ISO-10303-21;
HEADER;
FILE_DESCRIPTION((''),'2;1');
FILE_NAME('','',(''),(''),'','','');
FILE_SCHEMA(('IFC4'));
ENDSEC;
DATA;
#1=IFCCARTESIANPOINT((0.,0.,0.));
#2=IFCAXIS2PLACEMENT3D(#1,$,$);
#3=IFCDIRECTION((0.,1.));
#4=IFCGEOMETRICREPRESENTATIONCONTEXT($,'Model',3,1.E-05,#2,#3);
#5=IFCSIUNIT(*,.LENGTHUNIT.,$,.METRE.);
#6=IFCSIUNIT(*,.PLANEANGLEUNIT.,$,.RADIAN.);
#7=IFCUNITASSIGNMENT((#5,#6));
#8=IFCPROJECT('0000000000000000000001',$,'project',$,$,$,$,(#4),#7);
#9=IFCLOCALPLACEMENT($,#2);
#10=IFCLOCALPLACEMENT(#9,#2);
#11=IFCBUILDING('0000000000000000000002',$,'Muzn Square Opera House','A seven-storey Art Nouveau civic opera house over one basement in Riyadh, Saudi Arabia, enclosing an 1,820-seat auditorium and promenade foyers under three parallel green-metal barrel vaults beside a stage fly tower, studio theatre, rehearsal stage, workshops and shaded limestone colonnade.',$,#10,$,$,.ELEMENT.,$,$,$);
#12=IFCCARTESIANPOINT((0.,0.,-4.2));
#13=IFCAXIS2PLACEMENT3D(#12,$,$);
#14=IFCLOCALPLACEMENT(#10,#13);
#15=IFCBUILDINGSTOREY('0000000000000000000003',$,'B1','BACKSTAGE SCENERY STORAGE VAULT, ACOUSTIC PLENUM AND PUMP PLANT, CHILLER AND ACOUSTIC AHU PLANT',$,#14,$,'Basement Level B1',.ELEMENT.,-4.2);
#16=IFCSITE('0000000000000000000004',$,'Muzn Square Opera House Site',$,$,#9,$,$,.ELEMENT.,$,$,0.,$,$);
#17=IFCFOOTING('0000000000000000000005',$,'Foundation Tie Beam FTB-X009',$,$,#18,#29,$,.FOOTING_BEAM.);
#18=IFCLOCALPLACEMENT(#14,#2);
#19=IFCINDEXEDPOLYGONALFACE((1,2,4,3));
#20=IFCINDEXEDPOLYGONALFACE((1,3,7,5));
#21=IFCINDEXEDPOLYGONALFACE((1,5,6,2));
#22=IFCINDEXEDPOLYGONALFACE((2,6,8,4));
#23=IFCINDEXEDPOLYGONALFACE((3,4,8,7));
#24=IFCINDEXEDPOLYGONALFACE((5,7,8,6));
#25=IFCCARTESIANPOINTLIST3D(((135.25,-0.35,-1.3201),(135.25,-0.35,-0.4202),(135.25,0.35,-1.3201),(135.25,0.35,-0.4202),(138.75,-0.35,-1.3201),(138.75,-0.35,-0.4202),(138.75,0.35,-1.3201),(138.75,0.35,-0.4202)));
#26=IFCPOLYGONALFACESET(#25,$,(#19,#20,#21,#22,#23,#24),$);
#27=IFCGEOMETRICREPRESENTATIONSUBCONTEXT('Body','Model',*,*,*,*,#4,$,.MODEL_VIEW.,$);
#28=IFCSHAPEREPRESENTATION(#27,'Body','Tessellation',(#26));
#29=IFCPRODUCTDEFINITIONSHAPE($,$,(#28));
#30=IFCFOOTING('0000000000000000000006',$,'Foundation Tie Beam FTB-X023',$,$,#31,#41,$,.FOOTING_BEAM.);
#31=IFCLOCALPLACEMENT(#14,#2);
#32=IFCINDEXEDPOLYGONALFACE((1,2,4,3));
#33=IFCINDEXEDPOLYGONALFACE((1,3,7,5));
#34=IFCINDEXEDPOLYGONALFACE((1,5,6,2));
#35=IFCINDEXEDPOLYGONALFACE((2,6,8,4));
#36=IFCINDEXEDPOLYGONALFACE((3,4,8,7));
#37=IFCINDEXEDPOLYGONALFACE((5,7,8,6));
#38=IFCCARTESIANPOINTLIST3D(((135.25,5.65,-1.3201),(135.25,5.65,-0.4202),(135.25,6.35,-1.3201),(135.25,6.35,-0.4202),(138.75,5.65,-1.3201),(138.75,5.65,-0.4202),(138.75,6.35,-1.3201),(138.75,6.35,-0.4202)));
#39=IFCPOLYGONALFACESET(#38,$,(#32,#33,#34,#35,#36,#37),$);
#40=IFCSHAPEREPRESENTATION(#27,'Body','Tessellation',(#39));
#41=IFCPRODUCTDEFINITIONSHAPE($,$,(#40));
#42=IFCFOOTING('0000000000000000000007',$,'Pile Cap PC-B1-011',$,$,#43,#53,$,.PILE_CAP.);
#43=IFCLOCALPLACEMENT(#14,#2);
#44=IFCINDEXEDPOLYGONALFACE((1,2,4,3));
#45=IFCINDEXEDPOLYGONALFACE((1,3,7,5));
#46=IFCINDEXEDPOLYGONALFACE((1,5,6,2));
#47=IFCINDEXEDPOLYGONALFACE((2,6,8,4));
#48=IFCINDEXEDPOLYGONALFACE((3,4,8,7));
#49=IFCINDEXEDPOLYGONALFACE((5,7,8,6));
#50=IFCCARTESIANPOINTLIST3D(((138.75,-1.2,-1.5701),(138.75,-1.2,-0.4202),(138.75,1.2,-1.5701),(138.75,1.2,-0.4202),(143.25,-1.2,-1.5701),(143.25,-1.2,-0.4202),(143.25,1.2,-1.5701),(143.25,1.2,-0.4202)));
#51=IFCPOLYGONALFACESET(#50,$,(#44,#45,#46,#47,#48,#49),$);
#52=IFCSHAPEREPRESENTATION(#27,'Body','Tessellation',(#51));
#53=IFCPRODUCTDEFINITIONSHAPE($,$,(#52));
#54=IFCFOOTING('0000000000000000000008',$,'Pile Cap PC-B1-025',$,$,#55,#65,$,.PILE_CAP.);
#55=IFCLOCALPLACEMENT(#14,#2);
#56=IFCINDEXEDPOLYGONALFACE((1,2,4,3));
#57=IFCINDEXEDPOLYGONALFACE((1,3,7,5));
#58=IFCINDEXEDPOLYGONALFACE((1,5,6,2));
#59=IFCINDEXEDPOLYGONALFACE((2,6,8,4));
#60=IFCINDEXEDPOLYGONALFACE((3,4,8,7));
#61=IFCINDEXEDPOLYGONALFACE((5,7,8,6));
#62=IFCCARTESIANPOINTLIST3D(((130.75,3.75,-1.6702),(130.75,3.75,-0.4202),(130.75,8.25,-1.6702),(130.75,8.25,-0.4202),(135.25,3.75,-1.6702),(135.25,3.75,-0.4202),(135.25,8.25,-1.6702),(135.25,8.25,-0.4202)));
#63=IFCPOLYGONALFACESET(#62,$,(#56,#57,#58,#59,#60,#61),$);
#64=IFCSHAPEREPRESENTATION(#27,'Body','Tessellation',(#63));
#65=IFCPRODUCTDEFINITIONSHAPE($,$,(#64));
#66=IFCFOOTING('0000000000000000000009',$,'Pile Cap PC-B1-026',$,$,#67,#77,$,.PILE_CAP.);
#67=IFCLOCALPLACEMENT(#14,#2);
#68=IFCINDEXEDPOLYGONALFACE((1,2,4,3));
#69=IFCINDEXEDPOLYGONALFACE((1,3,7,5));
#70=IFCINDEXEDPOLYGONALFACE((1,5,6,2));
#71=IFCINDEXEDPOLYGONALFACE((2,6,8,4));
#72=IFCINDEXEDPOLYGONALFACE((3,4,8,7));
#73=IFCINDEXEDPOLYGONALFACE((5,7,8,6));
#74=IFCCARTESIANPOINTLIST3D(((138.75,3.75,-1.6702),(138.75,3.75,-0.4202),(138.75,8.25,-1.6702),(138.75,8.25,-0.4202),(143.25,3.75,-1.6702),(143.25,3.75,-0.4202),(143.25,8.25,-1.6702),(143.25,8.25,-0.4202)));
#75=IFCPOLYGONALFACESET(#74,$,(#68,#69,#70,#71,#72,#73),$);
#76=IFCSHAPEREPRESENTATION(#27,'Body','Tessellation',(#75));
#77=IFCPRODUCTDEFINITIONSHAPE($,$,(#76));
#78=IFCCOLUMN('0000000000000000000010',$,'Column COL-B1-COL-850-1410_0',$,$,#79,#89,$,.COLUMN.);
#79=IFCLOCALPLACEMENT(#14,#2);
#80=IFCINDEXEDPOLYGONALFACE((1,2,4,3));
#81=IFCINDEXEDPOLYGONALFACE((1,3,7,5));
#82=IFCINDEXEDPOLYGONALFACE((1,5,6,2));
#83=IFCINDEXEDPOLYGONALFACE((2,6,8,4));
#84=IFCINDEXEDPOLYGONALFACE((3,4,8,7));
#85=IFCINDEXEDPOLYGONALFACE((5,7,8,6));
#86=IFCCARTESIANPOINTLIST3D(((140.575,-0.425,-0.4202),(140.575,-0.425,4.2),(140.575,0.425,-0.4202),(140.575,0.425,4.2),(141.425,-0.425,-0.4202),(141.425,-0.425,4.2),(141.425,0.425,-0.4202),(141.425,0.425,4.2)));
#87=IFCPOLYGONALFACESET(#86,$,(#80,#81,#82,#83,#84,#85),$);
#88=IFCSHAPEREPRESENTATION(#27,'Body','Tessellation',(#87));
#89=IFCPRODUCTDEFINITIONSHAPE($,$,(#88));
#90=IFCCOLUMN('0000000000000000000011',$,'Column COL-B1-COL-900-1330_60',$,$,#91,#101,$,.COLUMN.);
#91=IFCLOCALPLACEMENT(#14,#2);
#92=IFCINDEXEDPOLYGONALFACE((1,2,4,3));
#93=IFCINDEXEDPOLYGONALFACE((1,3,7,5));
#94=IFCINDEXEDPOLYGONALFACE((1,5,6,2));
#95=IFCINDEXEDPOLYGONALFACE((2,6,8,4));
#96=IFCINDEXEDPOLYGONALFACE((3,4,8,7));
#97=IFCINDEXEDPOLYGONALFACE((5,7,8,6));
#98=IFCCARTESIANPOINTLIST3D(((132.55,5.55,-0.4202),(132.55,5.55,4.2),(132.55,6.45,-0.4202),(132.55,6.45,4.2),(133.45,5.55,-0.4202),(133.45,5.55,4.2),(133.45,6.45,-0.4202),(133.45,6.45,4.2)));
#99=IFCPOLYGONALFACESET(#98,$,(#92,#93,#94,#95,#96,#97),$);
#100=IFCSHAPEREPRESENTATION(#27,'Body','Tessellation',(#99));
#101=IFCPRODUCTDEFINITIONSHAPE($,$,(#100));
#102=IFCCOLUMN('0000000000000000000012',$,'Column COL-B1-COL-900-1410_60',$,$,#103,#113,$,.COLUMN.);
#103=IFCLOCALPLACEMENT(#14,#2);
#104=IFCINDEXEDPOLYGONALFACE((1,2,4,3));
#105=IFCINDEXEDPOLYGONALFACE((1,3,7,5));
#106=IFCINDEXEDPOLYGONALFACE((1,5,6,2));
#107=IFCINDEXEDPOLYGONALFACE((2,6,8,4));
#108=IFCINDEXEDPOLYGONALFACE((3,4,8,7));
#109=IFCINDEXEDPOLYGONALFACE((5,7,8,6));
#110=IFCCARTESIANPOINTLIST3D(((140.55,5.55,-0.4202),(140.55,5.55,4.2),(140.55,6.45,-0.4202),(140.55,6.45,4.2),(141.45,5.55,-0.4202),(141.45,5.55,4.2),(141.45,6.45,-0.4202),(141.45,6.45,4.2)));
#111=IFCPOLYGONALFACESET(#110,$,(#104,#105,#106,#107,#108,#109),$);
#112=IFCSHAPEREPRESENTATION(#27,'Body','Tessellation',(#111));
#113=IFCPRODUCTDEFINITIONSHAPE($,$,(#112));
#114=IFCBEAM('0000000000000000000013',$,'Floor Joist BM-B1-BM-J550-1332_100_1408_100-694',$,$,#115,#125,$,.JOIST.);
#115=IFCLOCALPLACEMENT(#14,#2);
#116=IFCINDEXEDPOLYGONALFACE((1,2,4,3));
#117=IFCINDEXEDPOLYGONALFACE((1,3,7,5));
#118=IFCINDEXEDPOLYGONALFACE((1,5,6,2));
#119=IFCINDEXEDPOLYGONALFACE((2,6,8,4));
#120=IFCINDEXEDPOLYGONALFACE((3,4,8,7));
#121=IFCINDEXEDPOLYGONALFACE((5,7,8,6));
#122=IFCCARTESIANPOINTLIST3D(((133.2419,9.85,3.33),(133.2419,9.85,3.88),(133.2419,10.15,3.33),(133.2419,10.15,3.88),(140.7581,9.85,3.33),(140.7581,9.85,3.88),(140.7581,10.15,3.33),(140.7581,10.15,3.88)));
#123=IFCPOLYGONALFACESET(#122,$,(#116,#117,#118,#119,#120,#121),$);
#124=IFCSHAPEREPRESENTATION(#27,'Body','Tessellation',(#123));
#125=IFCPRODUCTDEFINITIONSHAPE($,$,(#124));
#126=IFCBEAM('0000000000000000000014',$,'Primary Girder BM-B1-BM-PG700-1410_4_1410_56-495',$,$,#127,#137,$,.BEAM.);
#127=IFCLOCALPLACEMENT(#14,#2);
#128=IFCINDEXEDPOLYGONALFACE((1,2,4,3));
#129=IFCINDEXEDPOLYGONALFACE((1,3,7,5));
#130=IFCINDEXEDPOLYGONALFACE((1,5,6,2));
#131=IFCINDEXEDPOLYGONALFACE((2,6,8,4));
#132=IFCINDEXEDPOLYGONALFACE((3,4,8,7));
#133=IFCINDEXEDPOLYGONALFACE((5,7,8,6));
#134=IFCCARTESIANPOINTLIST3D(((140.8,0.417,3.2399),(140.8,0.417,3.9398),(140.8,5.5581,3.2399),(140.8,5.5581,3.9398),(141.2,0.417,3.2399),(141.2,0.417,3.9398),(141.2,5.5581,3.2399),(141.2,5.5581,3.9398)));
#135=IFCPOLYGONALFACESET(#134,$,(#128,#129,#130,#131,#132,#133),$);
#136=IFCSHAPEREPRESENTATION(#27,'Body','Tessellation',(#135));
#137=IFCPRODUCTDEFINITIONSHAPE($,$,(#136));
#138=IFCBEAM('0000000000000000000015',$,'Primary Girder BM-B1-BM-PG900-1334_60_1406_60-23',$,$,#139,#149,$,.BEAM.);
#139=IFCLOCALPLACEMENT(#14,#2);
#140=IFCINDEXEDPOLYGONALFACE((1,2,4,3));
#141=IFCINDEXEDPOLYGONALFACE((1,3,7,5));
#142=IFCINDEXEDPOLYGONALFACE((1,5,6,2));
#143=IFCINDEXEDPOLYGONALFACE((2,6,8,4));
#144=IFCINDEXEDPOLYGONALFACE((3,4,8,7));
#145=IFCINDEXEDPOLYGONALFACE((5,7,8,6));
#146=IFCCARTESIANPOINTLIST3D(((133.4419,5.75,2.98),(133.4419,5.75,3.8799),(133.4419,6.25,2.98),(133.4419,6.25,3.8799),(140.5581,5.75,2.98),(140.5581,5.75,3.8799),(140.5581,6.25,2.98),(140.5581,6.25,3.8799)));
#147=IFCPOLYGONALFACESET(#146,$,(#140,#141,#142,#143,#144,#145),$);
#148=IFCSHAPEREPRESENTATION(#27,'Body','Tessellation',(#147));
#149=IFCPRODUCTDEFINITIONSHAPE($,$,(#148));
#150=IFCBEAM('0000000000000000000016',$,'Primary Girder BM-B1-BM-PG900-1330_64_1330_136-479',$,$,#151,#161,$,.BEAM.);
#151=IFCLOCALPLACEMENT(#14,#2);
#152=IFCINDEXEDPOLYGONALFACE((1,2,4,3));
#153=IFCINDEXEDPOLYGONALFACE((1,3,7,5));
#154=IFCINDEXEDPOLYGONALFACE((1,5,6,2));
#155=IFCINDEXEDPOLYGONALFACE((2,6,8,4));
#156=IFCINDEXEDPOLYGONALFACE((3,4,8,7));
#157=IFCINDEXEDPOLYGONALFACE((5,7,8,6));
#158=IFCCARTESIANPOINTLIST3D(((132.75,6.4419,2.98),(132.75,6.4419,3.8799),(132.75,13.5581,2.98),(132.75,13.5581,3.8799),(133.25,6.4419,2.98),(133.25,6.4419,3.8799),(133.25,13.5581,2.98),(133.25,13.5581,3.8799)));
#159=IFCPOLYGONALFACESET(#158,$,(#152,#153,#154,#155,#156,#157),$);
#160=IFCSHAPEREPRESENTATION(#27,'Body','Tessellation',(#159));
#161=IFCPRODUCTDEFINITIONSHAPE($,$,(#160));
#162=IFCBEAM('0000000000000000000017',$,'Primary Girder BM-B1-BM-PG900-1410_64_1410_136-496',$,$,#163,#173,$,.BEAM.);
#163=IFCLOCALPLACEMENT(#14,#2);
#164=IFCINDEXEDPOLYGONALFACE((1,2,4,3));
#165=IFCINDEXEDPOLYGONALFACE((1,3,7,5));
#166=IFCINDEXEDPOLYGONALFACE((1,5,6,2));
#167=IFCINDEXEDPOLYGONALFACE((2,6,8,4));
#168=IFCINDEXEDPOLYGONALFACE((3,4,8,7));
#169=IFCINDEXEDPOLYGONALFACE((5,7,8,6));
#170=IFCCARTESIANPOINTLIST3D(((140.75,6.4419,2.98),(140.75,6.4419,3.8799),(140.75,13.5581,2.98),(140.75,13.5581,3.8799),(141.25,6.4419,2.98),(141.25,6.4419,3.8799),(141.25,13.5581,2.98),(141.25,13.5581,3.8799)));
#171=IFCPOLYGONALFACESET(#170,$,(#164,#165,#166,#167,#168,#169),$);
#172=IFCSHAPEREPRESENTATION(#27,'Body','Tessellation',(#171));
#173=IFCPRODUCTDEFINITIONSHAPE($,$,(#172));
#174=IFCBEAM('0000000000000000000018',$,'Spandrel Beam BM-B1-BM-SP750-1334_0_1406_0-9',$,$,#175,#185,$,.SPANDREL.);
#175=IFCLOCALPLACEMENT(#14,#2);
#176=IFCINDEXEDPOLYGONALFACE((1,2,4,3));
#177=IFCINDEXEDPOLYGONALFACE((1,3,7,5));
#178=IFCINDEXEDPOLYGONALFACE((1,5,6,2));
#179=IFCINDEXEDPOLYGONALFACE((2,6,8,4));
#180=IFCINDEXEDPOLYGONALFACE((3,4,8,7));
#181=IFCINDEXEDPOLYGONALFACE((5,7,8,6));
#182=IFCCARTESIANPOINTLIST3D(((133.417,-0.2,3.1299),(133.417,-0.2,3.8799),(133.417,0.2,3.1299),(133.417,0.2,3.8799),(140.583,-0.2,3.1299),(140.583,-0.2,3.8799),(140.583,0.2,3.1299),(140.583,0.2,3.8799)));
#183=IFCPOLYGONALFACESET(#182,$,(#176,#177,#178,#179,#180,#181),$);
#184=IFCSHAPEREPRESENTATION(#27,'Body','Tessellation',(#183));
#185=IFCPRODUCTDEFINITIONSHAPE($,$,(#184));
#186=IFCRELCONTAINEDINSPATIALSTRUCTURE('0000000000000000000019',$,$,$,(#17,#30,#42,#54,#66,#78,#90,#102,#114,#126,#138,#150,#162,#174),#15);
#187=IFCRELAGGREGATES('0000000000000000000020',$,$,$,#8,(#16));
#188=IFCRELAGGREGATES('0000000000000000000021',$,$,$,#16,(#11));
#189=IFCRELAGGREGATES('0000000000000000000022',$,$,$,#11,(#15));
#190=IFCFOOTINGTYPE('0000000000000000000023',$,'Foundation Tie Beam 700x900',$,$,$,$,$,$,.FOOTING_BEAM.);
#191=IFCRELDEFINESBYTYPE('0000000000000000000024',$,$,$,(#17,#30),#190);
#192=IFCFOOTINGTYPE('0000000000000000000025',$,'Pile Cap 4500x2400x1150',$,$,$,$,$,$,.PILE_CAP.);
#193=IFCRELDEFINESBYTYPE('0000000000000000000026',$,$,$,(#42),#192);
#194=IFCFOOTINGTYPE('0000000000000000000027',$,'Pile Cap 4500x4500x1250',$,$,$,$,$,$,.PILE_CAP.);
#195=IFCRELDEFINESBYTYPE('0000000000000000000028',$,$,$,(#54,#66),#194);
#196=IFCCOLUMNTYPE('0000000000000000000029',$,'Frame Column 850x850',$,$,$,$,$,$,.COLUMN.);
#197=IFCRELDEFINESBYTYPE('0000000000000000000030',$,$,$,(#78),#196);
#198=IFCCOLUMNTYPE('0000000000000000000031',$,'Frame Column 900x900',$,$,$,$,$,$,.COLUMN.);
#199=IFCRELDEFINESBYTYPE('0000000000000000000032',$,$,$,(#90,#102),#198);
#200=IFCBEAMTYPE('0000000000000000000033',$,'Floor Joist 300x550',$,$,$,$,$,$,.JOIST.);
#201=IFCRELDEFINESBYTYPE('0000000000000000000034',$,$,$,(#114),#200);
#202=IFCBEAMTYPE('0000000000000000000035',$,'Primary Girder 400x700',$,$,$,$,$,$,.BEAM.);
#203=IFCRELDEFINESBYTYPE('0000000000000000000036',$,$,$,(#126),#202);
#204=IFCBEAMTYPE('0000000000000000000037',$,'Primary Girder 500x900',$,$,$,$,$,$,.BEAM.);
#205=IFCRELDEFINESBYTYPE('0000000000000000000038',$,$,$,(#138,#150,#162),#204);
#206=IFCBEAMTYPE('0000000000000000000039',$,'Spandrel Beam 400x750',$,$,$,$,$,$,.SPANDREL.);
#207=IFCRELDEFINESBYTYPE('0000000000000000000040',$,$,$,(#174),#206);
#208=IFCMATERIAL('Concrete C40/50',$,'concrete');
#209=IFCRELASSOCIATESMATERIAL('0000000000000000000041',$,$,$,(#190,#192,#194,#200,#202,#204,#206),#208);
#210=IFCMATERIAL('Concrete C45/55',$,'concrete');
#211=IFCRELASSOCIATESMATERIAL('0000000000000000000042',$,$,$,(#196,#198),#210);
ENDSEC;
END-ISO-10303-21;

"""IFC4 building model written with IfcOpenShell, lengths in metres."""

from ifc_helpers import new_model, si_unit, direction, frame, origin, origin_2d, place, context, subcontext, project, spatial, rectangle, extrude, material, material_profile, profile_set, type_object, element, save


model = new_model("IFC4")

# Units and contexts
model_context = context("Model", 3, precision=1e-05, world=origin(), true_north=direction((0.0, 1.0)))
body_context = subcontext(model_context, "Body", "Model", "MODEL_VIEW")
ifc_project = project(units=[si_unit("LENGTHUNIT", "METRE"), si_unit("PLANEANGLEUNIT", "RADIAN")], contexts=[model_context])

# Site, building, storey
site_placement = place(None, origin())
site = spatial("IfcSite", under=ifc_project, at=site_placement, Name="Muzn Square Opera House Site", CompositionType="ELEMENT", RefElevation=0.0)
building_placement = place(site_placement, origin())
building = spatial("IfcBuilding", under=site, at=building_placement, Name="Muzn Square Opera House", Description="A seven-storey Art Nouveau civic opera house over one basement in Riyadh, Saudi Arabia, enclosing an 1,820-seat auditorium and promenade foyers under three parallel green-metal barrel vaults beside a stage fly tower, studio theatre, rehearsal stage, workshops and shaded limestone colonnade.", CompositionType="ELEMENT")
storey_placement = place(building_placement, frame((0.0, 0.0, -4.2)))
storey = spatial("IfcBuildingStorey", under=building, at=storey_placement, Name="B1", Description="BACKSTAGE SCENERY STORAGE VAULT, ACOUSTIC PLENUM AND PUMP PLANT, CHILLER AND ACOUSTIC AHU PLANT", LongName="Basement Level B1", CompositionType="ELEMENT", Elevation=-4.2)

# Shared definitions
ifc_material_1 = material(Name="Concrete C40/50", Category="concrete")

# Footings
ifc_material_profile_1 = material_profile(ifc_material_1, rectangle(XDim=0.7, YDim=0.8999, at=origin_2d()), Name="RCTB 700x900", Category="concrete")
ifc_profile_set_1 = profile_set([ifc_material_profile_1], Name="Concrete C40/50")
footing_type_1 = type_object("IfcFootingType", Name="Foundation Tie Beam 700x900", PredefinedType="FOOTING_BEAM", material=ifc_profile_set_1)
for number, where, z_axis, x_axis, name in (
    (1, (135.25, 0.0, -0.8701), (1.0, 0.0, 0.0), (0.0, 1.0, 0.0), "Foundation Tie Beam FTB-X009"),
    (2, (135.25, 6.0, -0.8701), (1.0, 0.0, 0.0), (0.0, 1.0, 0.0), "Foundation Tie Beam FTB-X023"),
):
    element("IfcFooting", number, at=place(storey_placement, frame(where, z_axis=z_axis, x_axis=x_axis)), inside=storey, type_object=footing_type_1, Name=name, PredefinedType="FOOTING_BEAM", context=body_context, shape_type="SweptSolid", body=[
        extrude(rectangle(XDim=0.7, YDim=0.8999, at=origin_2d()), origin(), (0.0, 0.0, 1.0), 3.5),
    ])
footing_type_2 = type_object("IfcFootingType", Name="Pile Cap 4500x2400x1150", PredefinedType="PILE_CAP", material=ifc_material_1)
footing_1_placement = place(storey_placement, frame((141.0, 0.0, -1.5701), z_axis=(0.0, 0.0, 1.0), x_axis=(1.0, 0.0, 0.0)))
element("IfcFooting", 3, at=footing_1_placement, inside=storey, type_object=footing_type_2, Name="Pile Cap PC-B1-011", PredefinedType="PILE_CAP", context=body_context, shape_type="SweptSolid", body=[
    extrude(rectangle(XDim=4.5, YDim=2.3999, at=origin_2d()), origin(), (0.0, 0.0, 1.0), 1.1499),
])
footing_type_3 = type_object("IfcFootingType", Name="Pile Cap 4500x4500x1250", PredefinedType="PILE_CAP", material=ifc_material_1)
for number, where, z_axis, x_axis, name in (
    (4, (133.0, 6.0, -1.6702), (0.0, 0.0, 1.0), (1.0, 0.0, 0.0), "Pile Cap PC-B1-025"),
    (5, (141.0, 6.0, -1.6702), (0.0, 0.0, 1.0), (1.0, 0.0, 0.0), "Pile Cap PC-B1-026"),
):
    element("IfcFooting", number, at=place(storey_placement, frame(where, z_axis=z_axis, x_axis=x_axis)), inside=storey, type_object=footing_type_3, Name=name, PredefinedType="PILE_CAP", context=body_context, shape_type="SweptSolid", body=[
        extrude(rectangle(XDim=4.5, YDim=4.5, at=origin_2d()), origin(), (0.0, 0.0, 1.0), 1.25),
    ])

# Columns
ifc_material_2 = material(Name="Concrete C45/55", Category="concrete")
ifc_material_profile_2 = material_profile(ifc_material_2, rectangle(XDim=0.8501, YDim=0.8501, at=origin_2d()), Name="RC 850x850", Category="concrete")
ifc_profile_set_2 = profile_set([ifc_material_profile_2], Name="Concrete C45/55")
column_type_1 = type_object("IfcColumnType", Name="Frame Column 850x850", PredefinedType="COLUMN", material=ifc_profile_set_2)
column_placement = place(storey_placement, frame((141.0, 0.0, -0.4202), z_axis=(0.0, 0.0, 1.0), x_axis=(1.0, 0.0, 0.0)))
element("IfcColumn", 6, at=column_placement, inside=storey, type_object=column_type_1, Name="Column COL-B1-COL-850-1410_0", PredefinedType="COLUMN", context=body_context, shape_type="SweptSolid", body=[
    extrude(rectangle(XDim=0.8501, YDim=0.8501, at=origin_2d()), origin(), (0.0, 0.0, 1.0), 4.6201),
])
ifc_material_profile_3 = material_profile(ifc_material_2, rectangle(XDim=0.8999, YDim=0.8999, at=origin_2d()), Name="RC 900x900", Category="concrete")
ifc_profile_set_3 = profile_set([ifc_material_profile_3], Name="Concrete C45/55")
column_type_2 = type_object("IfcColumnType", Name="Frame Column 900x900", PredefinedType="COLUMN", material=ifc_profile_set_3)
for number, where, z_axis, x_axis, name in (
    (7, (133.0, 6.0, -0.4202), (0.0, 0.0, 1.0), (1.0, 0.0, 0.0), "Column COL-B1-COL-900-1330_60"),
    (8, (141.0, 6.0, -0.4202), (0.0, 0.0, 1.0), (1.0, 0.0, 0.0), "Column COL-B1-COL-900-1410_60"),
):
    element("IfcColumn", number, at=place(storey_placement, frame(where, z_axis=z_axis, x_axis=x_axis)), inside=storey, type_object=column_type_2, Name=name, PredefinedType="COLUMN", context=body_context, shape_type="SweptSolid", body=[
        extrude(rectangle(XDim=0.8999, YDim=0.8999, at=origin_2d()), origin(), (0.0, 0.0, 1.0), 4.6201),
    ])

# Beams
ifc_material_profile_4 = material_profile(ifc_material_1, rectangle(XDim=0.3, YDim=0.55, at=origin_2d()), Name="RCJ 300x550", Category="concrete")
ifc_profile_set_4 = profile_set([ifc_material_profile_4], Name="Concrete C40/50")
beam_type_1 = type_object("IfcBeamType", Name="Floor Joist 300x550", PredefinedType="JOIST", material=ifc_profile_set_4)
beam_1_placement = place(storey_placement, frame((133.2419, 10.0, 3.605), z_axis=(1.0, 0.0, 0.0), x_axis=(0.0, 1.0, 0.0)))
element("IfcBeam", 9, at=beam_1_placement, inside=storey, type_object=beam_type_1, Name="Floor Joist BM-B1-BM-J550-1332_100_1408_100-694", PredefinedType="JOIST", context=body_context, shape_type="SweptSolid", body=[
    extrude(rectangle(XDim=0.3, YDim=0.55, at=origin_2d()), origin(), (0.0, 0.0, 1.0), 7.5161),
])
ifc_material_profile_5 = material_profile(ifc_material_1, rectangle(XDim=0.3999, YDim=0.7, at=origin_2d()), Name="RCB 400x700", Category="concrete")
ifc_profile_set_5 = profile_set([ifc_material_profile_5], Name="Concrete C40/50")
beam_type_2 = type_object("IfcBeamType", Name="Primary Girder 400x700", PredefinedType="BEAM", material=ifc_profile_set_5)
beam_2_placement = place(storey_placement, frame((141.0, 0.417, 3.5898), z_axis=(0.0, 1.0, 0.0), x_axis=(-1.0, 0.0, 0.0)))
element("IfcBeam", 10, at=beam_2_placement, inside=storey, type_object=beam_type_2, Name="Primary Girder BM-B1-BM-PG700-1410_4_1410_56-495", PredefinedType="BEAM", context=body_context, shape_type="SweptSolid", body=[
    extrude(rectangle(XDim=0.3999, YDim=0.7, at=origin_2d()), origin(), (0.0, 0.0, 1.0), 5.1411),
])
ifc_material_profile_6 = material_profile(ifc_material_1, rectangle(XDim=0.5, YDim=0.8999, at=origin_2d()), Name="RCB 500x900", Category="concrete")
ifc_profile_set_6 = profile_set([ifc_material_profile_6], Name="Concrete C40/50")
beam_type_3 = type_object("IfcBeamType", Name="Primary Girder 500x900", PredefinedType="BEAM", material=ifc_profile_set_6)
for number, where, z_axis, x_axis, name in (
    (11, (133.4419, 6.0, 3.4299), (1.0, 0.0, 0.0), (0.0, 1.0, 0.0), "Primary Girder BM-B1-BM-PG900-1334_60_1406_60-23"),
    (12, (133.0, 6.4419, 3.4299), (0.0, 1.0, 0.0), (-1.0, 0.0, 0.0), "Primary Girder BM-B1-BM-PG900-1330_64_1330_136-479"),
    (13, (141.0, 6.4419, 3.4299), (0.0, 1.0, 0.0), (-1.0, 0.0, 0.0), "Primary Girder BM-B1-BM-PG900-1410_64_1410_136-496"),
):
    element("IfcBeam", number, at=place(storey_placement, frame(where, z_axis=z_axis, x_axis=x_axis)), inside=storey, type_object=beam_type_3, Name=name, PredefinedType="BEAM", context=body_context, shape_type="SweptSolid", body=[
        extrude(rectangle(XDim=0.5, YDim=0.8999, at=origin_2d()), origin(), (0.0, 0.0, 1.0), 7.1162),
    ])
ifc_material_profile_7 = material_profile(ifc_material_1, rectangle(XDim=0.3999, YDim=0.75, at=origin_2d()), Name="RCS 400x750", Category="concrete")
ifc_profile_set_7 = profile_set([ifc_material_profile_7], Name="Concrete C40/50")
beam_type_4 = type_object("IfcBeamType", Name="Spandrel Beam 400x750", PredefinedType="SPANDREL", material=ifc_profile_set_7)
beam_3_placement = place(storey_placement, frame((133.417, 0.0, 3.5049), z_axis=(1.0, 0.0, 0.0), x_axis=(0.0, 1.0, 0.0)))
element("IfcBeam", 14, at=beam_3_placement, inside=storey, type_object=beam_type_4, Name="Spandrel Beam BM-B1-BM-SP750-1334_0_1406_0-9", PredefinedType="SPANDREL", context=body_context, shape_type="SweptSolid", body=[
    extrude(rectangle(XDim=0.3999, YDim=0.75, at=origin_2d()), origin(), (0.0, 0.0, 1.0), 7.166),
])

save(model, "model.ifc")
